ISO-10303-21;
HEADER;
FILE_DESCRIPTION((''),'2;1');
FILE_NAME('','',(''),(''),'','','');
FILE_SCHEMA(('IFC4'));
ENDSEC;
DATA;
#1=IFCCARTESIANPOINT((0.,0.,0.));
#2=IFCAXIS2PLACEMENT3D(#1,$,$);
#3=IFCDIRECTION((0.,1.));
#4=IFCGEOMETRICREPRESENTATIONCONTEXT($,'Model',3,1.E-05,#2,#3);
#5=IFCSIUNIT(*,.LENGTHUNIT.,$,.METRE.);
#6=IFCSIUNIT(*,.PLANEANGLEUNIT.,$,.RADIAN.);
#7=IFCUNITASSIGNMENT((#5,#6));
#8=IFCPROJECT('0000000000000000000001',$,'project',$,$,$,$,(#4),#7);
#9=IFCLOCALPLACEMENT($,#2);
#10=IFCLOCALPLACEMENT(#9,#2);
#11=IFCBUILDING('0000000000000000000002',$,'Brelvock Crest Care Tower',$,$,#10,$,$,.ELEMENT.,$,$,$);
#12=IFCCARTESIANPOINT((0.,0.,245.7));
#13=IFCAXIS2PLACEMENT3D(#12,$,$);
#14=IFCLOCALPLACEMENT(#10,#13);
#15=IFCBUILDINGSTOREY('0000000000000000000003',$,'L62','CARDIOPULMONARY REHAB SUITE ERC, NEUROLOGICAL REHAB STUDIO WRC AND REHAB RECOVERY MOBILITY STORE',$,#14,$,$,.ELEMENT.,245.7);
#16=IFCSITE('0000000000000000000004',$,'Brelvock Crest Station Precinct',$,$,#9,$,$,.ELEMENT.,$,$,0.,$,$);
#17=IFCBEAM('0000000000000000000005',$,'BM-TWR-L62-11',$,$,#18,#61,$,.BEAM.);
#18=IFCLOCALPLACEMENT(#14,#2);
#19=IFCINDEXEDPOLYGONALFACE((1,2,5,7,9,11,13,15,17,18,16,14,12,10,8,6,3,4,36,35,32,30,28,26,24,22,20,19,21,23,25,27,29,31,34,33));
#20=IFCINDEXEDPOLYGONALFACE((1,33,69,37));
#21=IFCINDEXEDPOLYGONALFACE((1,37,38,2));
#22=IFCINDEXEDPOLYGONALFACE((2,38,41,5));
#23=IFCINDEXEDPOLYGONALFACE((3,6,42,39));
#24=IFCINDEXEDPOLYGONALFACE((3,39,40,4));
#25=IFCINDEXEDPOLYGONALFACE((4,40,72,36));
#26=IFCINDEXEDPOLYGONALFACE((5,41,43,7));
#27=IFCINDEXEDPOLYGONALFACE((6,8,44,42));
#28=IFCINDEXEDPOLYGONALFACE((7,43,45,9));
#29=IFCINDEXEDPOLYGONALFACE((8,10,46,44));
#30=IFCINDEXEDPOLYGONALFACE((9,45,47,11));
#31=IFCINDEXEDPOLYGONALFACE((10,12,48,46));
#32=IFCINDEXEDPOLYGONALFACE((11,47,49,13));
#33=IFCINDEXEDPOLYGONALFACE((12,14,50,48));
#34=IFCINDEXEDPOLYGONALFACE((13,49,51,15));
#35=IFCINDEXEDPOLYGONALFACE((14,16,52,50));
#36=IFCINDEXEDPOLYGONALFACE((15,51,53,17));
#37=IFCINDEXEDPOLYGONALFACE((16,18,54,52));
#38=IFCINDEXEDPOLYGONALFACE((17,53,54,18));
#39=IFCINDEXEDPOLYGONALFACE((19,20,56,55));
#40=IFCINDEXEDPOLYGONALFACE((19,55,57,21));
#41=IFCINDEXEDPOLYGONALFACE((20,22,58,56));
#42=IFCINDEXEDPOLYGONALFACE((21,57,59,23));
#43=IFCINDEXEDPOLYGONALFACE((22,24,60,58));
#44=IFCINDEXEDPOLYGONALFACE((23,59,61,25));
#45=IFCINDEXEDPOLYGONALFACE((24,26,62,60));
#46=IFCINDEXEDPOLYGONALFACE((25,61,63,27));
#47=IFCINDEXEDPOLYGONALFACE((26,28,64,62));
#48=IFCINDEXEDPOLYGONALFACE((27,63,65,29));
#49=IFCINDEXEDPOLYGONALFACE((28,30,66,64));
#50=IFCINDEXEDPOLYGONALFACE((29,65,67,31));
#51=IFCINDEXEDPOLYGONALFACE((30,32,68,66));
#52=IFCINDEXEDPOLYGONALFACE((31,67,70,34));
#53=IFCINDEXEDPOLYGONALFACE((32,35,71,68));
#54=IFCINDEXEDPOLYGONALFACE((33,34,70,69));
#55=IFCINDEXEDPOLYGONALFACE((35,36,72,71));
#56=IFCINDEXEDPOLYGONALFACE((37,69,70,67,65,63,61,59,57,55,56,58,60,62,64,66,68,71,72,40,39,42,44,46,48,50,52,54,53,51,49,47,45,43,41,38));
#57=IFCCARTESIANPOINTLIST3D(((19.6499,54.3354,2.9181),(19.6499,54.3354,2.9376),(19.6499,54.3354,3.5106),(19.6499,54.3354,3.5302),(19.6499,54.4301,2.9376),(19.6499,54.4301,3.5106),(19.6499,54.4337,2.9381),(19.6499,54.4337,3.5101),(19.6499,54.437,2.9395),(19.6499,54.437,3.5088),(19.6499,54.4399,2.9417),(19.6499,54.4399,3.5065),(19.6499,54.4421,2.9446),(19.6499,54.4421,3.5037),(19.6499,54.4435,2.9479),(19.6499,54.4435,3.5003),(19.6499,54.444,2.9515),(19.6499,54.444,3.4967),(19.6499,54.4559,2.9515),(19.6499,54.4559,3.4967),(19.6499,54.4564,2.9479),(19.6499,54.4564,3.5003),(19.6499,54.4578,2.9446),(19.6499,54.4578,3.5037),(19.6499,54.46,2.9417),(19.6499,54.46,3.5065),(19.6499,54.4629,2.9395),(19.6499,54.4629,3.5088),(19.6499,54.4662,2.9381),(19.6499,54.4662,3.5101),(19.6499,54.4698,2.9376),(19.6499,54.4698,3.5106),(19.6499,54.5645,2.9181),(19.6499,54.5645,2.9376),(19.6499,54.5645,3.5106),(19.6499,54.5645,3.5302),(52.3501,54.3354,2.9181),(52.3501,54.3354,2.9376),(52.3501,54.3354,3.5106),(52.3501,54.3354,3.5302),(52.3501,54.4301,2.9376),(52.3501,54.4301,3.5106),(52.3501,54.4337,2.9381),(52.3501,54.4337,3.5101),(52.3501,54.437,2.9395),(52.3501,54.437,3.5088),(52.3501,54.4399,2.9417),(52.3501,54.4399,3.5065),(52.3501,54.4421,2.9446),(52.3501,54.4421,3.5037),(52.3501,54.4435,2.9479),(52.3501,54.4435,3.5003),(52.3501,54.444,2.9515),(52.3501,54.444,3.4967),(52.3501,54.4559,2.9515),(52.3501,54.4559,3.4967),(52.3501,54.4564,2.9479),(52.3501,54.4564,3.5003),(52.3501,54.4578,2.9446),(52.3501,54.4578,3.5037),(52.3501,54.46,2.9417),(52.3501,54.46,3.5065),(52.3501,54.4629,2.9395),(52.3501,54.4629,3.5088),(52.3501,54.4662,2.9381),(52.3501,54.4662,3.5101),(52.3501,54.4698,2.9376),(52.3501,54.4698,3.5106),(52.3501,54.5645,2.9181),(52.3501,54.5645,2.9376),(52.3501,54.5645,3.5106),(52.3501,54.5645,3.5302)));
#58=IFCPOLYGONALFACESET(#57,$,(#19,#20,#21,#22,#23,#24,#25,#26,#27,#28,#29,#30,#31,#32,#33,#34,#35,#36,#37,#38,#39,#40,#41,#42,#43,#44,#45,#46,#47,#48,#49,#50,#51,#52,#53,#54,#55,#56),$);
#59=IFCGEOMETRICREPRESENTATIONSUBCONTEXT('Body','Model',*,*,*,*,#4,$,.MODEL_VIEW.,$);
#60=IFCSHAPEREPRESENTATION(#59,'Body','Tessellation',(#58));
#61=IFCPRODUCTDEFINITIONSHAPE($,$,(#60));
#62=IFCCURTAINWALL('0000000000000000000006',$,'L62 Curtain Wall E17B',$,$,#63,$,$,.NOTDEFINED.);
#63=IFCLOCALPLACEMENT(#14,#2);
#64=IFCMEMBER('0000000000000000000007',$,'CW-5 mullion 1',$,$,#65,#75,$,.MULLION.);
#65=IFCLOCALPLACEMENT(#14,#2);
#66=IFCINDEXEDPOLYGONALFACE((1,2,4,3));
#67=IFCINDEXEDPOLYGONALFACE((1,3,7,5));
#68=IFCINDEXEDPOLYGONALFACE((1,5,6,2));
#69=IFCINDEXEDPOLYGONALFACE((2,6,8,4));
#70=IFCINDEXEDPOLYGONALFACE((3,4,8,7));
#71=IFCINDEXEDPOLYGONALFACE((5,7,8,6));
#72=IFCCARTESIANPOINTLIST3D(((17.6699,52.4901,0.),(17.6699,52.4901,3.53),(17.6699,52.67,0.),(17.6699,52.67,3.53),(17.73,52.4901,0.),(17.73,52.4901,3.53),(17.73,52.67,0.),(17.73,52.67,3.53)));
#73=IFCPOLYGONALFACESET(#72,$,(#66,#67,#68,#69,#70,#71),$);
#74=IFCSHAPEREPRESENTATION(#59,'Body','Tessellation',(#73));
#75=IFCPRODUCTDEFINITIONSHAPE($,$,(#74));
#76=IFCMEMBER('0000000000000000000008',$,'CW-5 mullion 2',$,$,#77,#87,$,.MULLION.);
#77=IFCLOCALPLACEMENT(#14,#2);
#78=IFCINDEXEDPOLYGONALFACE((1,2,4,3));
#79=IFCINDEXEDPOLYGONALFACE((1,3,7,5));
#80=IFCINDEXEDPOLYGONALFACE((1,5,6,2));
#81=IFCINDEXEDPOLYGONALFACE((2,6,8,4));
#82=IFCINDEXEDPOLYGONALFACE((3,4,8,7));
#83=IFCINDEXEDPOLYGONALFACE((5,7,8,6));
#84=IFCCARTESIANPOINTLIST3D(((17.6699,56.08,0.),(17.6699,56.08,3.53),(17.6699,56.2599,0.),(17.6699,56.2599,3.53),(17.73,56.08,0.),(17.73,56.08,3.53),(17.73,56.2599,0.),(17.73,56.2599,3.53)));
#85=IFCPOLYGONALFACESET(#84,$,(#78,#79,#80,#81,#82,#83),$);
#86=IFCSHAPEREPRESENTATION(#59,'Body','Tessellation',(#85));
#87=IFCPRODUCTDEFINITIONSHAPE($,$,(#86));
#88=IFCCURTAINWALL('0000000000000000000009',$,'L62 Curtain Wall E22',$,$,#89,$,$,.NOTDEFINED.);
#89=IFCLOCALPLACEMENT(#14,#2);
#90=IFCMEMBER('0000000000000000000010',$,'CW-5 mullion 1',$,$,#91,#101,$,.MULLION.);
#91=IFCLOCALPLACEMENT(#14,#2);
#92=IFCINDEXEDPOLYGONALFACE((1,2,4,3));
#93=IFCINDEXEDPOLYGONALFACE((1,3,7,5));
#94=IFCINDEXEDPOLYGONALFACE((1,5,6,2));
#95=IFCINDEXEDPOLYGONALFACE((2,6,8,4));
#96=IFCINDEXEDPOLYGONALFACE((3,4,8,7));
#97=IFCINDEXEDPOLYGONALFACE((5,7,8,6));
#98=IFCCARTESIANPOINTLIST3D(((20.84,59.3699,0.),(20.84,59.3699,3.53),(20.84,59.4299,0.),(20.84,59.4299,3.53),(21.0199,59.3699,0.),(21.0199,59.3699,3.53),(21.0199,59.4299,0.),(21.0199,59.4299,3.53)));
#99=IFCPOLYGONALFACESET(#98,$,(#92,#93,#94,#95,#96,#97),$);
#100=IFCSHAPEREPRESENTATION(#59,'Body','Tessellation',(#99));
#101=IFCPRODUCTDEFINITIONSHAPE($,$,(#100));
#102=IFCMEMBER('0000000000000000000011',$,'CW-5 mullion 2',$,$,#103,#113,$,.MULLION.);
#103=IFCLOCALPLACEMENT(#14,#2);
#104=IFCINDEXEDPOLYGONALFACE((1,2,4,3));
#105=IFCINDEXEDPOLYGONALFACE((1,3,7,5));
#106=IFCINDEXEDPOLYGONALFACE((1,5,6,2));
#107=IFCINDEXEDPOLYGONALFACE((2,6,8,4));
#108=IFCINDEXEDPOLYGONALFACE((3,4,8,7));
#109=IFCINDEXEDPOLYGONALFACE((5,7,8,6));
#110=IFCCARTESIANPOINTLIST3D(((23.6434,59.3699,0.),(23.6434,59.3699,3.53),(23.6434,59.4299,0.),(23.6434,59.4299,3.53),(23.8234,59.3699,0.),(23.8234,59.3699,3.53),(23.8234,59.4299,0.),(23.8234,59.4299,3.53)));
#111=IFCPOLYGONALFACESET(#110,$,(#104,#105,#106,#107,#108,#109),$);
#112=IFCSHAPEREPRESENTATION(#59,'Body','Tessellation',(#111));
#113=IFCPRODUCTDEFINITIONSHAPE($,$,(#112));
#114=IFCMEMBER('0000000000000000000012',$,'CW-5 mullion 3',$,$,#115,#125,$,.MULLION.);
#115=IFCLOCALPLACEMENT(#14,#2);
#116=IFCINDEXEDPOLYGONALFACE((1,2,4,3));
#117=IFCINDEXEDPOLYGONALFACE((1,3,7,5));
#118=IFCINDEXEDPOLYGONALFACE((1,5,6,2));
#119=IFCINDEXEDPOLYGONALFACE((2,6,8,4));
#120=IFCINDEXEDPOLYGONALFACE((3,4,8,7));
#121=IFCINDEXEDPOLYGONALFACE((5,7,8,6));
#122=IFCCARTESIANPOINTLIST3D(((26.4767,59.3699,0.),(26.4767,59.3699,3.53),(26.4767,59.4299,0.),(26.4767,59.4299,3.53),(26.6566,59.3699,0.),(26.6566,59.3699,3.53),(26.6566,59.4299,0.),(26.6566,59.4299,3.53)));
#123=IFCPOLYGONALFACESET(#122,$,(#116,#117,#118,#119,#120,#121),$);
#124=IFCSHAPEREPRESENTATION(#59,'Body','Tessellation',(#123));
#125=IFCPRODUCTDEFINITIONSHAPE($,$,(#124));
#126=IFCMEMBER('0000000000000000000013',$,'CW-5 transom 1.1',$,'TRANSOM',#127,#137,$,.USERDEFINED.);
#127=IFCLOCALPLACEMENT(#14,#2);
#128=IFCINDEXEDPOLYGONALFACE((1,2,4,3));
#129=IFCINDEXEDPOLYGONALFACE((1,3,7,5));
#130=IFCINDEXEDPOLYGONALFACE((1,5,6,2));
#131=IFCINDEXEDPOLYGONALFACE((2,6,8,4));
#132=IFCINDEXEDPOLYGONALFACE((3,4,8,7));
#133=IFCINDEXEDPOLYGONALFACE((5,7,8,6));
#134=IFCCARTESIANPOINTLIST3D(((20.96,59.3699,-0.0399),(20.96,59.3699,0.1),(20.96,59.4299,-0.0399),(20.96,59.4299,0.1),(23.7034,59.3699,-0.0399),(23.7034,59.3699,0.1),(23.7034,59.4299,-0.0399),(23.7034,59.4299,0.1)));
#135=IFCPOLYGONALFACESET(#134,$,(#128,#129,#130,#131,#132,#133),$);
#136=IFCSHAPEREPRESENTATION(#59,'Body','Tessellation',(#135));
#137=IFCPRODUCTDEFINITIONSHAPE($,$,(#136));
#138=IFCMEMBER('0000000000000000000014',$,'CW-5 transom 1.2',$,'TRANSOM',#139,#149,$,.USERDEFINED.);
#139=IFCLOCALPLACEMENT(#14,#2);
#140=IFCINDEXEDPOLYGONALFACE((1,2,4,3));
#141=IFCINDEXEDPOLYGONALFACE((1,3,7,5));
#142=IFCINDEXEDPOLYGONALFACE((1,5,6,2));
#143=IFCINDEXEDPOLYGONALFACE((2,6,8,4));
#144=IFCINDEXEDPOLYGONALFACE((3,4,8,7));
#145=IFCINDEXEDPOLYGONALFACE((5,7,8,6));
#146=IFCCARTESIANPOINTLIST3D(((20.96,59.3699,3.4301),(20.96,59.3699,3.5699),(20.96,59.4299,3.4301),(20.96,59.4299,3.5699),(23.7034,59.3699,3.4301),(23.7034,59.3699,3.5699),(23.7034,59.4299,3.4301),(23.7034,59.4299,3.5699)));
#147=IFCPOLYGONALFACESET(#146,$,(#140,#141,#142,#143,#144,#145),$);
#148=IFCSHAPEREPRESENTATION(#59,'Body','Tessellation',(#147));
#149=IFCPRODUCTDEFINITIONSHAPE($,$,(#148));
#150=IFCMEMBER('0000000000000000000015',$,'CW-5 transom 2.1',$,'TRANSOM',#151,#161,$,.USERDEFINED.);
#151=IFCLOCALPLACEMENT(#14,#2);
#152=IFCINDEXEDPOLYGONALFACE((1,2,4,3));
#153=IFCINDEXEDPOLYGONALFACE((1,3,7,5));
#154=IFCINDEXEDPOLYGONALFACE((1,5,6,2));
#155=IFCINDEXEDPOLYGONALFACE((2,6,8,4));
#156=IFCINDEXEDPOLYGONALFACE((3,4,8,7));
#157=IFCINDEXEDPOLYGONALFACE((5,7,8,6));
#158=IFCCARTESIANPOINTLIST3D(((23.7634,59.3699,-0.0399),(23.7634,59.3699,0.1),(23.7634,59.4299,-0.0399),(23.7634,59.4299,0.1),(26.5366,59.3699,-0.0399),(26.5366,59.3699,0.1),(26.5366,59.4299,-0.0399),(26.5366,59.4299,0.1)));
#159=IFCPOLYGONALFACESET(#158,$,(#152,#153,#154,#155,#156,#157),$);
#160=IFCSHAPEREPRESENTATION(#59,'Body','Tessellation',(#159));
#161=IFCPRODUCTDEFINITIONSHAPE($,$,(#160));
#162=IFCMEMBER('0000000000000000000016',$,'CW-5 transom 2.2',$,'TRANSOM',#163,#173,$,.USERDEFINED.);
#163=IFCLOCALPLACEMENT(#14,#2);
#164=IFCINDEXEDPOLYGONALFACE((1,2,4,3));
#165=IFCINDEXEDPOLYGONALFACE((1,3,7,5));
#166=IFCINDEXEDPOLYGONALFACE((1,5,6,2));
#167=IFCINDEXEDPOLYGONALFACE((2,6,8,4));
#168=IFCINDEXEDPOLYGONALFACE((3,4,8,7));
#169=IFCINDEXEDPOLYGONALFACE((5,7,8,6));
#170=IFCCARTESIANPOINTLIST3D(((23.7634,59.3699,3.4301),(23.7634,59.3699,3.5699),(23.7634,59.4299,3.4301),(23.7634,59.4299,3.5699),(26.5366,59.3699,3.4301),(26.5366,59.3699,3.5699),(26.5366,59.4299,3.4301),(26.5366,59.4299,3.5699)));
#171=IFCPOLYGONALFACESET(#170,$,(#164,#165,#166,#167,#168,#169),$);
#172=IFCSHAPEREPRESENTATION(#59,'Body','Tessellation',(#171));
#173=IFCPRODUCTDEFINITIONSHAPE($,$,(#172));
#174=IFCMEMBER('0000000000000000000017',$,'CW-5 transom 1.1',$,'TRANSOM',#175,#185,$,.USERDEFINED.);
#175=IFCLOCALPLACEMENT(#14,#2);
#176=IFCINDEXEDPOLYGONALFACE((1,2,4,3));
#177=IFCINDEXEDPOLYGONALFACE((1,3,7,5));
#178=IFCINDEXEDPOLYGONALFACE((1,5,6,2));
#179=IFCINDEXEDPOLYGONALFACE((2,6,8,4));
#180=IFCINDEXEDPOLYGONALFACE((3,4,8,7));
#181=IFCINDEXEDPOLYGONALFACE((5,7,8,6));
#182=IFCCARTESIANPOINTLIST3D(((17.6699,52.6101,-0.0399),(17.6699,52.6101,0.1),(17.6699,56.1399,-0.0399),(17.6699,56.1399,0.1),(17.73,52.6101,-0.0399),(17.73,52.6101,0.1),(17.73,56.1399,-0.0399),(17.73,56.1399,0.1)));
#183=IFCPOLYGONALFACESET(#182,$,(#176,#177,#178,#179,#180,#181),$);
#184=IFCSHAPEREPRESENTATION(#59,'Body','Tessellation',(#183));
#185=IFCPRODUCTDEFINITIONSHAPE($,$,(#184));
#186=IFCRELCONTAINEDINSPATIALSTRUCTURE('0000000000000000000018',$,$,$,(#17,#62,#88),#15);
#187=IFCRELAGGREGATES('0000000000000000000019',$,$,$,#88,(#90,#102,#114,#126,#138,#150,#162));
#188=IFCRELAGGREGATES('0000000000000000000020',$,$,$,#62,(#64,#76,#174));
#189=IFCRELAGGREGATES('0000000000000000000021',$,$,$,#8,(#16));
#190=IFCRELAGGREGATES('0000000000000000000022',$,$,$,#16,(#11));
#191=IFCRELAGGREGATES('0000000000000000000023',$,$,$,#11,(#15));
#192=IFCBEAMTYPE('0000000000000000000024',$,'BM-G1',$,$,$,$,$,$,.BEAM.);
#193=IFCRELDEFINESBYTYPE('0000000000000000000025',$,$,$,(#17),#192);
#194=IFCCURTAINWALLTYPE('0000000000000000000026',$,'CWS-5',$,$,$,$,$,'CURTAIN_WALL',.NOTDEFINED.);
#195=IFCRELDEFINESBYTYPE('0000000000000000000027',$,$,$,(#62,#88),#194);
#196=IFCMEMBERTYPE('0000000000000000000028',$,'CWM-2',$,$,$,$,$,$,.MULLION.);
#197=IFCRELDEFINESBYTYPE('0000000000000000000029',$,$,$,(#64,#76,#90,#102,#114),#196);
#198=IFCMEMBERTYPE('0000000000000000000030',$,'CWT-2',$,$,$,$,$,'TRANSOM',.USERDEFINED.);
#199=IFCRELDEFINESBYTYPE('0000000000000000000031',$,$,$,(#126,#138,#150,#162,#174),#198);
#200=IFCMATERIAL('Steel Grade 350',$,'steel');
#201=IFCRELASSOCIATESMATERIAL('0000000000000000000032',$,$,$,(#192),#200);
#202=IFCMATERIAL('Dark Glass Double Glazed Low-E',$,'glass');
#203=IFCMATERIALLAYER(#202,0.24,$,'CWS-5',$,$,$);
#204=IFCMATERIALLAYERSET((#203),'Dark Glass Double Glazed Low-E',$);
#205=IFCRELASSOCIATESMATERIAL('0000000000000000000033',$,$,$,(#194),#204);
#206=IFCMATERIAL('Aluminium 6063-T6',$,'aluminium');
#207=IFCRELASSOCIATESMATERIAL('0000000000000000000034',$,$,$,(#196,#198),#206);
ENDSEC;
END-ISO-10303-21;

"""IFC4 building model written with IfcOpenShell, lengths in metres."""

from ifc_helpers import new_model, si_unit, direction, frame, origin, origin_2d, place, context, subcontext, project, spatial, rectangle, i_section, extrude, source, transform, mapped, material, layer, layer_set, material_profile, profile_set, type_object, element, aggregate, save


model = new_model("IFC4")

# Units and contexts
model_context = context("Model", 3, precision=1e-05, world=origin(), true_north=direction((0.0, 1.0)))
body_context = subcontext(model_context, "Body", "Model", "MODEL_VIEW")
ifc_project = project(units=[si_unit("LENGTHUNIT", "METRE"), si_unit("PLANEANGLEUNIT", "RADIAN")], contexts=[model_context])

# Site, building, storey
site_placement = place(None, origin())
site = spatial("IfcSite", under=ifc_project, at=site_placement, Name="Brelvock Crest Station Precinct", CompositionType="ELEMENT", RefElevation=0.0)
building_placement = place(site_placement, origin())
building = spatial("IfcBuilding", under=site, at=building_placement, Name="Brelvock Crest Care Tower", CompositionType="ELEMENT")
storey_placement = place(building_placement, frame((0.0, 0.0, 245.7)))
storey = spatial("IfcBuildingStorey", under=building, at=storey_placement, Name="L62", Description="CARDIOPULMONARY REHAB SUITE ERC, NEUROLOGICAL REHAB STUDIO WRC AND REHAB RECOVERY MOBILITY STORE", CompositionType="ELEMENT", Elevation=245.7)

# Shared definitions
ifc_material_1 = material(Name="Steel Grade 350", Category="steel")

# Beam
ifc_material_profile_1 = material_profile(ifc_material_1, i_section(OverallWidth=0.229, OverallDepth=0.6121, WebThickness=0.012, FlangeThickness=0.0195, FilletRadius=0.0139, at=origin_2d()), Name="610UB125")
ifc_profile_set_1 = profile_set([ifc_material_profile_1], Name="Steel Grade 350")
beam_type_1 = type_object("IfcBeamType", Name="BM-G1", PredefinedType="BEAM", material=ifc_profile_set_1)
shared_shape_1 = source(origin(), body_context, "Body", "SweptSolid", [
    extrude(i_section(OverallWidth=0.229, OverallDepth=0.6121, WebThickness=0.012, FlangeThickness=0.0195, FilletRadius=0.0139, at=origin_2d()), origin(), (0.0, 0.0, 1.0), 32.7002),
])
beam_1_placement = place(storey_placement, frame((19.6499, 54.45, 3.2241), z_axis=(1.0, 0.0, 0.0), x_axis=(0.0, 1.0, 0.0)))
element("IfcBeam", 1, at=beam_1_placement, inside=storey, type_object=beam_type_1, Name="BM-TWR-L62-11", PredefinedType="BEAM", context=body_context, shape_type="MappedRepresentation", body=[
    mapped(shared_shape_1, transform((0.0, 0.0, 0.0), x_axis=(1.0, 0.0, 0.0), y_axis=(0.0, 1.0, 0.0), z_axis=(0.0, 0.0, 1.0), scale=1.0)),
])

# Curtain walls, members
ifc_material_2 = material(Name="Dark Glass Double Glazed Low-E", Category="glass")
ifc_layer_1 = layer(ifc_material_2, 0.24, Name="CWS-5")
ifc_layer_set_1 = layer_set([ifc_layer_1], Name="Dark Glass Double Glazed Low-E")
curtain_wall_type = type_object("IfcCurtainWallType", Name="CWS-5", ElementType="CURTAIN_WALL", PredefinedType="NOTDEFINED", material=ifc_layer_set_1)
curtain_wall_1_placement = place(storey_placement, origin())
curtain_wall_1 = element("IfcCurtainWall", 2, at=curtain_wall_1_placement, inside=storey, type_object=curtain_wall_type, Name="L62 Curtain Wall E17B", PredefinedType="NOTDEFINED")
ifc_material_3 = material(Name="Aluminium 6063-T6", Category="aluminium")
ifc_material_profile_2 = material_profile(ifc_material_3, rectangle(XDim=0.0601, YDim=0.1799, at=origin_2d()), Name="ALU60x180")
ifc_profile_set_2 = profile_set([ifc_material_profile_2], Name="Aluminium 6063-T6")
member_type_1 = type_object("IfcMemberType", Name="CWM-2", PredefinedType="MULLION", material=ifc_profile_set_2)
shared_shape_2 = source(origin(), body_context, "Body", "SweptSolid", [
    extrude(rectangle(XDim=0.0601, YDim=0.1799, at=origin_2d()), origin(), (0.0, 0.0, 1.0), 3.53),
])
member_1_placement = place(storey_placement, frame((17.7, 52.5801, 0.0), z_axis=(0.0, 0.0, 1.0), x_axis=(-1.0, 0.0, 0.0)))
member_1 = element("IfcMember", 3, at=member_1_placement, type_object=member_type_1, Name="CW-5 mullion 1", PredefinedType="MULLION", context=body_context, shape_type="MappedRepresentation", body=[
    mapped(shared_shape_2, transform((0.0, 0.0, 0.0), x_axis=(1.0, 0.0, 0.0), y_axis=(0.0, 1.0, 0.0), z_axis=(0.0, 0.0, 1.0), scale=1.0)),
])
member_2_placement = place(storey_placement, frame((17.7, 56.1699, 0.0), z_axis=(0.0, 0.0, 1.0), x_axis=(-1.0, 0.0, 0.0)))
member_2 = element("IfcMember", 4, at=member_2_placement, type_object=member_type_1, Name="CW-5 mullion 2", PredefinedType="MULLION", context=body_context, shape_type="MappedRepresentation", body=[
    mapped(shared_shape_2, transform((0.0, 0.0, 0.0), x_axis=(1.0, 0.0, 0.0), y_axis=(0.0, 1.0, 0.0), z_axis=(0.0, 0.0, 1.0), scale=1.0)),
])
curtain_wall_2_placement = place(storey_placement, origin())
curtain_wall_2 = element("IfcCurtainWall", 5, at=curtain_wall_2_placement, inside=storey, type_object=curtain_wall_type, Name="L62 Curtain Wall E22", PredefinedType="NOTDEFINED")
member_3_placement = place(storey_placement, frame((20.9299, 59.3999, 0.0), z_axis=(0.0, 0.0, 1.0), x_axis=(0.0, 1.0, 0.0)))
member_3 = element("IfcMember", 6, at=member_3_placement, type_object=member_type_1, Name="CW-5 mullion 1", PredefinedType="MULLION", context=body_context, shape_type="MappedRepresentation", body=[
    mapped(shared_shape_2, transform((0.0, 0.0, 0.0), x_axis=(1.0, 0.0, 0.0), y_axis=(0.0, 1.0, 0.0), z_axis=(0.0, 0.0, 1.0), scale=1.0)),
])
member_4_placement = place(storey_placement, frame((23.7334, 59.3999, 0.0), z_axis=(0.0, 0.0, 1.0), x_axis=(0.0, 1.0, 0.0)))
member_4 = element("IfcMember", 7, at=member_4_placement, type_object=member_type_1, Name="CW-5 mullion 2", PredefinedType="MULLION", context=body_context, shape_type="MappedRepresentation", body=[
    mapped(shared_shape_2, transform((0.0, 0.0, 0.0), x_axis=(1.0, 0.0, 0.0), y_axis=(0.0, 1.0, 0.0), z_axis=(0.0, 0.0, 1.0), scale=1.0)),
])
member_5_placement = place(storey_placement, frame((26.5667, 59.3999, 0.0), z_axis=(0.0, 0.0, 1.0), x_axis=(0.0, 1.0, 0.0)))
member_5 = element("IfcMember", 8, at=member_5_placement, type_object=member_type_1, Name="CW-5 mullion 3", PredefinedType="MULLION", context=body_context, shape_type="MappedRepresentation", body=[
    mapped(shared_shape_2, transform((0.0, 0.0, 0.0), x_axis=(1.0, 0.0, 0.0), y_axis=(0.0, 1.0, 0.0), z_axis=(0.0, 0.0, 1.0), scale=1.0)),
])
ifc_material_profile_3 = material_profile(ifc_material_3, rectangle(XDim=0.0601, YDim=0.1399, at=origin_2d()), Name="ALU60x140")
ifc_profile_set_3 = profile_set([ifc_material_profile_3], Name="Aluminium 6063-T6")
member_type_2 = type_object("IfcMemberType", Name="CWT-2", ElementType="TRANSOM", PredefinedType="USERDEFINED", material=ifc_profile_set_3)
shared_shape_3 = source(origin(), body_context, "Body", "SweptSolid", [
    extrude(rectangle(XDim=0.0601, YDim=0.1399, at=origin_2d()), origin(), (0.0, 0.0, 1.0), 2.7434),
])
member_6_placement = place(storey_placement, frame((20.96, 59.3999, 0.03), z_axis=(1.0, 0.0, 0.0), x_axis=(0.0, 1.0, 0.0)))
member_6 = element("IfcMember", 9, at=member_6_placement, type_object=member_type_2, Name="CW-5 transom 1.1", ObjectType="TRANSOM", PredefinedType="USERDEFINED", context=body_context, shape_type="MappedRepresentation", body=[
    mapped(shared_shape_3, transform((0.0, 0.0, 0.0), x_axis=(1.0, 0.0, 0.0), y_axis=(0.0, 1.0, 0.0), z_axis=(0.0, 0.0, 1.0), scale=1.0)),
])
member_7_placement = place(storey_placement, frame((20.96, 59.3999, 3.5), z_axis=(1.0, 0.0, 0.0), x_axis=(0.0, 1.0, 0.0)))
member_7 = element("IfcMember", 10, at=member_7_placement, type_object=member_type_2, Name="CW-5 transom 1.2", ObjectType="TRANSOM", PredefinedType="USERDEFINED", context=body_context, shape_type="MappedRepresentation", body=[
    mapped(shared_shape_3, transform((0.0, 0.0, 0.0), x_axis=(1.0, 0.0, 0.0), y_axis=(0.0, 1.0, 0.0), z_axis=(0.0, 0.0, 1.0), scale=1.0)),
])
shared_shape_4 = source(origin(), body_context, "Body", "SweptSolid", [
    extrude(rectangle(XDim=0.0601, YDim=0.1399, at=origin_2d()), origin(), (0.0, 0.0, 1.0), 2.7732),
])
member_8_placement = place(storey_placement, frame((23.7634, 59.3999, 0.03), z_axis=(1.0, 0.0, 0.0), x_axis=(0.0, 1.0, 0.0)))
member_8 = element("IfcMember", 11, at=member_8_placement, type_object=member_type_2, Name="CW-5 transom 2.1", ObjectType="TRANSOM", PredefinedType="USERDEFINED", context=body_context, shape_type="MappedRepresentation", body=[
    mapped(shared_shape_4, transform((0.0, 0.0, 0.0), x_axis=(1.0, 0.0, 0.0), y_axis=(0.0, 1.0, 0.0), z_axis=(0.0, 0.0, 1.0), scale=1.0)),
])
member_9_placement = place(storey_placement, frame((23.7634, 59.3999, 3.5), z_axis=(1.0, 0.0, 0.0), x_axis=(0.0, 1.0, 0.0)))
member_9 = element("IfcMember", 12, at=member_9_placement, type_object=member_type_2, Name="CW-5 transom 2.2", ObjectType="TRANSOM", PredefinedType="USERDEFINED", context=body_context, shape_type="MappedRepresentation", body=[
    mapped(shared_shape_4, transform((0.0, 0.0, 0.0), x_axis=(1.0, 0.0, 0.0), y_axis=(0.0, 1.0, 0.0), z_axis=(0.0, 0.0, 1.0), scale=1.0)),
])

# Member
shared_shape_5 = source(origin(), body_context, "Body", "SweptSolid", [
    extrude(rectangle(XDim=0.0601, YDim=0.1399, at=origin_2d()), origin(), (0.0, 0.0, 1.0), 3.5298),
])
member_10_placement = place(storey_placement, frame((17.7, 52.6101, 0.03), z_axis=(0.0, 1.0, 0.0), x_axis=(-1.0, 0.0, 0.0)))
member_10 = element("IfcMember", 13, at=member_10_placement, type_object=member_type_2, Name="CW-5 transom 1.1", ObjectType="TRANSOM", PredefinedType="USERDEFINED", context=body_context, shape_type="MappedRepresentation", body=[
    mapped(shared_shape_5, transform((0.0, 0.0, 0.0), x_axis=(1.0, 0.0, 0.0), y_axis=(0.0, 1.0, 0.0), z_axis=(0.0, 0.0, 1.0), scale=1.0)),
])

aggregate(curtain_wall_2, [member_3, member_4, member_5, member_6, member_7, member_8, member_9])
aggregate(curtain_wall_1, [member_1, member_2, member_10])

save(model, "model.ifc")
